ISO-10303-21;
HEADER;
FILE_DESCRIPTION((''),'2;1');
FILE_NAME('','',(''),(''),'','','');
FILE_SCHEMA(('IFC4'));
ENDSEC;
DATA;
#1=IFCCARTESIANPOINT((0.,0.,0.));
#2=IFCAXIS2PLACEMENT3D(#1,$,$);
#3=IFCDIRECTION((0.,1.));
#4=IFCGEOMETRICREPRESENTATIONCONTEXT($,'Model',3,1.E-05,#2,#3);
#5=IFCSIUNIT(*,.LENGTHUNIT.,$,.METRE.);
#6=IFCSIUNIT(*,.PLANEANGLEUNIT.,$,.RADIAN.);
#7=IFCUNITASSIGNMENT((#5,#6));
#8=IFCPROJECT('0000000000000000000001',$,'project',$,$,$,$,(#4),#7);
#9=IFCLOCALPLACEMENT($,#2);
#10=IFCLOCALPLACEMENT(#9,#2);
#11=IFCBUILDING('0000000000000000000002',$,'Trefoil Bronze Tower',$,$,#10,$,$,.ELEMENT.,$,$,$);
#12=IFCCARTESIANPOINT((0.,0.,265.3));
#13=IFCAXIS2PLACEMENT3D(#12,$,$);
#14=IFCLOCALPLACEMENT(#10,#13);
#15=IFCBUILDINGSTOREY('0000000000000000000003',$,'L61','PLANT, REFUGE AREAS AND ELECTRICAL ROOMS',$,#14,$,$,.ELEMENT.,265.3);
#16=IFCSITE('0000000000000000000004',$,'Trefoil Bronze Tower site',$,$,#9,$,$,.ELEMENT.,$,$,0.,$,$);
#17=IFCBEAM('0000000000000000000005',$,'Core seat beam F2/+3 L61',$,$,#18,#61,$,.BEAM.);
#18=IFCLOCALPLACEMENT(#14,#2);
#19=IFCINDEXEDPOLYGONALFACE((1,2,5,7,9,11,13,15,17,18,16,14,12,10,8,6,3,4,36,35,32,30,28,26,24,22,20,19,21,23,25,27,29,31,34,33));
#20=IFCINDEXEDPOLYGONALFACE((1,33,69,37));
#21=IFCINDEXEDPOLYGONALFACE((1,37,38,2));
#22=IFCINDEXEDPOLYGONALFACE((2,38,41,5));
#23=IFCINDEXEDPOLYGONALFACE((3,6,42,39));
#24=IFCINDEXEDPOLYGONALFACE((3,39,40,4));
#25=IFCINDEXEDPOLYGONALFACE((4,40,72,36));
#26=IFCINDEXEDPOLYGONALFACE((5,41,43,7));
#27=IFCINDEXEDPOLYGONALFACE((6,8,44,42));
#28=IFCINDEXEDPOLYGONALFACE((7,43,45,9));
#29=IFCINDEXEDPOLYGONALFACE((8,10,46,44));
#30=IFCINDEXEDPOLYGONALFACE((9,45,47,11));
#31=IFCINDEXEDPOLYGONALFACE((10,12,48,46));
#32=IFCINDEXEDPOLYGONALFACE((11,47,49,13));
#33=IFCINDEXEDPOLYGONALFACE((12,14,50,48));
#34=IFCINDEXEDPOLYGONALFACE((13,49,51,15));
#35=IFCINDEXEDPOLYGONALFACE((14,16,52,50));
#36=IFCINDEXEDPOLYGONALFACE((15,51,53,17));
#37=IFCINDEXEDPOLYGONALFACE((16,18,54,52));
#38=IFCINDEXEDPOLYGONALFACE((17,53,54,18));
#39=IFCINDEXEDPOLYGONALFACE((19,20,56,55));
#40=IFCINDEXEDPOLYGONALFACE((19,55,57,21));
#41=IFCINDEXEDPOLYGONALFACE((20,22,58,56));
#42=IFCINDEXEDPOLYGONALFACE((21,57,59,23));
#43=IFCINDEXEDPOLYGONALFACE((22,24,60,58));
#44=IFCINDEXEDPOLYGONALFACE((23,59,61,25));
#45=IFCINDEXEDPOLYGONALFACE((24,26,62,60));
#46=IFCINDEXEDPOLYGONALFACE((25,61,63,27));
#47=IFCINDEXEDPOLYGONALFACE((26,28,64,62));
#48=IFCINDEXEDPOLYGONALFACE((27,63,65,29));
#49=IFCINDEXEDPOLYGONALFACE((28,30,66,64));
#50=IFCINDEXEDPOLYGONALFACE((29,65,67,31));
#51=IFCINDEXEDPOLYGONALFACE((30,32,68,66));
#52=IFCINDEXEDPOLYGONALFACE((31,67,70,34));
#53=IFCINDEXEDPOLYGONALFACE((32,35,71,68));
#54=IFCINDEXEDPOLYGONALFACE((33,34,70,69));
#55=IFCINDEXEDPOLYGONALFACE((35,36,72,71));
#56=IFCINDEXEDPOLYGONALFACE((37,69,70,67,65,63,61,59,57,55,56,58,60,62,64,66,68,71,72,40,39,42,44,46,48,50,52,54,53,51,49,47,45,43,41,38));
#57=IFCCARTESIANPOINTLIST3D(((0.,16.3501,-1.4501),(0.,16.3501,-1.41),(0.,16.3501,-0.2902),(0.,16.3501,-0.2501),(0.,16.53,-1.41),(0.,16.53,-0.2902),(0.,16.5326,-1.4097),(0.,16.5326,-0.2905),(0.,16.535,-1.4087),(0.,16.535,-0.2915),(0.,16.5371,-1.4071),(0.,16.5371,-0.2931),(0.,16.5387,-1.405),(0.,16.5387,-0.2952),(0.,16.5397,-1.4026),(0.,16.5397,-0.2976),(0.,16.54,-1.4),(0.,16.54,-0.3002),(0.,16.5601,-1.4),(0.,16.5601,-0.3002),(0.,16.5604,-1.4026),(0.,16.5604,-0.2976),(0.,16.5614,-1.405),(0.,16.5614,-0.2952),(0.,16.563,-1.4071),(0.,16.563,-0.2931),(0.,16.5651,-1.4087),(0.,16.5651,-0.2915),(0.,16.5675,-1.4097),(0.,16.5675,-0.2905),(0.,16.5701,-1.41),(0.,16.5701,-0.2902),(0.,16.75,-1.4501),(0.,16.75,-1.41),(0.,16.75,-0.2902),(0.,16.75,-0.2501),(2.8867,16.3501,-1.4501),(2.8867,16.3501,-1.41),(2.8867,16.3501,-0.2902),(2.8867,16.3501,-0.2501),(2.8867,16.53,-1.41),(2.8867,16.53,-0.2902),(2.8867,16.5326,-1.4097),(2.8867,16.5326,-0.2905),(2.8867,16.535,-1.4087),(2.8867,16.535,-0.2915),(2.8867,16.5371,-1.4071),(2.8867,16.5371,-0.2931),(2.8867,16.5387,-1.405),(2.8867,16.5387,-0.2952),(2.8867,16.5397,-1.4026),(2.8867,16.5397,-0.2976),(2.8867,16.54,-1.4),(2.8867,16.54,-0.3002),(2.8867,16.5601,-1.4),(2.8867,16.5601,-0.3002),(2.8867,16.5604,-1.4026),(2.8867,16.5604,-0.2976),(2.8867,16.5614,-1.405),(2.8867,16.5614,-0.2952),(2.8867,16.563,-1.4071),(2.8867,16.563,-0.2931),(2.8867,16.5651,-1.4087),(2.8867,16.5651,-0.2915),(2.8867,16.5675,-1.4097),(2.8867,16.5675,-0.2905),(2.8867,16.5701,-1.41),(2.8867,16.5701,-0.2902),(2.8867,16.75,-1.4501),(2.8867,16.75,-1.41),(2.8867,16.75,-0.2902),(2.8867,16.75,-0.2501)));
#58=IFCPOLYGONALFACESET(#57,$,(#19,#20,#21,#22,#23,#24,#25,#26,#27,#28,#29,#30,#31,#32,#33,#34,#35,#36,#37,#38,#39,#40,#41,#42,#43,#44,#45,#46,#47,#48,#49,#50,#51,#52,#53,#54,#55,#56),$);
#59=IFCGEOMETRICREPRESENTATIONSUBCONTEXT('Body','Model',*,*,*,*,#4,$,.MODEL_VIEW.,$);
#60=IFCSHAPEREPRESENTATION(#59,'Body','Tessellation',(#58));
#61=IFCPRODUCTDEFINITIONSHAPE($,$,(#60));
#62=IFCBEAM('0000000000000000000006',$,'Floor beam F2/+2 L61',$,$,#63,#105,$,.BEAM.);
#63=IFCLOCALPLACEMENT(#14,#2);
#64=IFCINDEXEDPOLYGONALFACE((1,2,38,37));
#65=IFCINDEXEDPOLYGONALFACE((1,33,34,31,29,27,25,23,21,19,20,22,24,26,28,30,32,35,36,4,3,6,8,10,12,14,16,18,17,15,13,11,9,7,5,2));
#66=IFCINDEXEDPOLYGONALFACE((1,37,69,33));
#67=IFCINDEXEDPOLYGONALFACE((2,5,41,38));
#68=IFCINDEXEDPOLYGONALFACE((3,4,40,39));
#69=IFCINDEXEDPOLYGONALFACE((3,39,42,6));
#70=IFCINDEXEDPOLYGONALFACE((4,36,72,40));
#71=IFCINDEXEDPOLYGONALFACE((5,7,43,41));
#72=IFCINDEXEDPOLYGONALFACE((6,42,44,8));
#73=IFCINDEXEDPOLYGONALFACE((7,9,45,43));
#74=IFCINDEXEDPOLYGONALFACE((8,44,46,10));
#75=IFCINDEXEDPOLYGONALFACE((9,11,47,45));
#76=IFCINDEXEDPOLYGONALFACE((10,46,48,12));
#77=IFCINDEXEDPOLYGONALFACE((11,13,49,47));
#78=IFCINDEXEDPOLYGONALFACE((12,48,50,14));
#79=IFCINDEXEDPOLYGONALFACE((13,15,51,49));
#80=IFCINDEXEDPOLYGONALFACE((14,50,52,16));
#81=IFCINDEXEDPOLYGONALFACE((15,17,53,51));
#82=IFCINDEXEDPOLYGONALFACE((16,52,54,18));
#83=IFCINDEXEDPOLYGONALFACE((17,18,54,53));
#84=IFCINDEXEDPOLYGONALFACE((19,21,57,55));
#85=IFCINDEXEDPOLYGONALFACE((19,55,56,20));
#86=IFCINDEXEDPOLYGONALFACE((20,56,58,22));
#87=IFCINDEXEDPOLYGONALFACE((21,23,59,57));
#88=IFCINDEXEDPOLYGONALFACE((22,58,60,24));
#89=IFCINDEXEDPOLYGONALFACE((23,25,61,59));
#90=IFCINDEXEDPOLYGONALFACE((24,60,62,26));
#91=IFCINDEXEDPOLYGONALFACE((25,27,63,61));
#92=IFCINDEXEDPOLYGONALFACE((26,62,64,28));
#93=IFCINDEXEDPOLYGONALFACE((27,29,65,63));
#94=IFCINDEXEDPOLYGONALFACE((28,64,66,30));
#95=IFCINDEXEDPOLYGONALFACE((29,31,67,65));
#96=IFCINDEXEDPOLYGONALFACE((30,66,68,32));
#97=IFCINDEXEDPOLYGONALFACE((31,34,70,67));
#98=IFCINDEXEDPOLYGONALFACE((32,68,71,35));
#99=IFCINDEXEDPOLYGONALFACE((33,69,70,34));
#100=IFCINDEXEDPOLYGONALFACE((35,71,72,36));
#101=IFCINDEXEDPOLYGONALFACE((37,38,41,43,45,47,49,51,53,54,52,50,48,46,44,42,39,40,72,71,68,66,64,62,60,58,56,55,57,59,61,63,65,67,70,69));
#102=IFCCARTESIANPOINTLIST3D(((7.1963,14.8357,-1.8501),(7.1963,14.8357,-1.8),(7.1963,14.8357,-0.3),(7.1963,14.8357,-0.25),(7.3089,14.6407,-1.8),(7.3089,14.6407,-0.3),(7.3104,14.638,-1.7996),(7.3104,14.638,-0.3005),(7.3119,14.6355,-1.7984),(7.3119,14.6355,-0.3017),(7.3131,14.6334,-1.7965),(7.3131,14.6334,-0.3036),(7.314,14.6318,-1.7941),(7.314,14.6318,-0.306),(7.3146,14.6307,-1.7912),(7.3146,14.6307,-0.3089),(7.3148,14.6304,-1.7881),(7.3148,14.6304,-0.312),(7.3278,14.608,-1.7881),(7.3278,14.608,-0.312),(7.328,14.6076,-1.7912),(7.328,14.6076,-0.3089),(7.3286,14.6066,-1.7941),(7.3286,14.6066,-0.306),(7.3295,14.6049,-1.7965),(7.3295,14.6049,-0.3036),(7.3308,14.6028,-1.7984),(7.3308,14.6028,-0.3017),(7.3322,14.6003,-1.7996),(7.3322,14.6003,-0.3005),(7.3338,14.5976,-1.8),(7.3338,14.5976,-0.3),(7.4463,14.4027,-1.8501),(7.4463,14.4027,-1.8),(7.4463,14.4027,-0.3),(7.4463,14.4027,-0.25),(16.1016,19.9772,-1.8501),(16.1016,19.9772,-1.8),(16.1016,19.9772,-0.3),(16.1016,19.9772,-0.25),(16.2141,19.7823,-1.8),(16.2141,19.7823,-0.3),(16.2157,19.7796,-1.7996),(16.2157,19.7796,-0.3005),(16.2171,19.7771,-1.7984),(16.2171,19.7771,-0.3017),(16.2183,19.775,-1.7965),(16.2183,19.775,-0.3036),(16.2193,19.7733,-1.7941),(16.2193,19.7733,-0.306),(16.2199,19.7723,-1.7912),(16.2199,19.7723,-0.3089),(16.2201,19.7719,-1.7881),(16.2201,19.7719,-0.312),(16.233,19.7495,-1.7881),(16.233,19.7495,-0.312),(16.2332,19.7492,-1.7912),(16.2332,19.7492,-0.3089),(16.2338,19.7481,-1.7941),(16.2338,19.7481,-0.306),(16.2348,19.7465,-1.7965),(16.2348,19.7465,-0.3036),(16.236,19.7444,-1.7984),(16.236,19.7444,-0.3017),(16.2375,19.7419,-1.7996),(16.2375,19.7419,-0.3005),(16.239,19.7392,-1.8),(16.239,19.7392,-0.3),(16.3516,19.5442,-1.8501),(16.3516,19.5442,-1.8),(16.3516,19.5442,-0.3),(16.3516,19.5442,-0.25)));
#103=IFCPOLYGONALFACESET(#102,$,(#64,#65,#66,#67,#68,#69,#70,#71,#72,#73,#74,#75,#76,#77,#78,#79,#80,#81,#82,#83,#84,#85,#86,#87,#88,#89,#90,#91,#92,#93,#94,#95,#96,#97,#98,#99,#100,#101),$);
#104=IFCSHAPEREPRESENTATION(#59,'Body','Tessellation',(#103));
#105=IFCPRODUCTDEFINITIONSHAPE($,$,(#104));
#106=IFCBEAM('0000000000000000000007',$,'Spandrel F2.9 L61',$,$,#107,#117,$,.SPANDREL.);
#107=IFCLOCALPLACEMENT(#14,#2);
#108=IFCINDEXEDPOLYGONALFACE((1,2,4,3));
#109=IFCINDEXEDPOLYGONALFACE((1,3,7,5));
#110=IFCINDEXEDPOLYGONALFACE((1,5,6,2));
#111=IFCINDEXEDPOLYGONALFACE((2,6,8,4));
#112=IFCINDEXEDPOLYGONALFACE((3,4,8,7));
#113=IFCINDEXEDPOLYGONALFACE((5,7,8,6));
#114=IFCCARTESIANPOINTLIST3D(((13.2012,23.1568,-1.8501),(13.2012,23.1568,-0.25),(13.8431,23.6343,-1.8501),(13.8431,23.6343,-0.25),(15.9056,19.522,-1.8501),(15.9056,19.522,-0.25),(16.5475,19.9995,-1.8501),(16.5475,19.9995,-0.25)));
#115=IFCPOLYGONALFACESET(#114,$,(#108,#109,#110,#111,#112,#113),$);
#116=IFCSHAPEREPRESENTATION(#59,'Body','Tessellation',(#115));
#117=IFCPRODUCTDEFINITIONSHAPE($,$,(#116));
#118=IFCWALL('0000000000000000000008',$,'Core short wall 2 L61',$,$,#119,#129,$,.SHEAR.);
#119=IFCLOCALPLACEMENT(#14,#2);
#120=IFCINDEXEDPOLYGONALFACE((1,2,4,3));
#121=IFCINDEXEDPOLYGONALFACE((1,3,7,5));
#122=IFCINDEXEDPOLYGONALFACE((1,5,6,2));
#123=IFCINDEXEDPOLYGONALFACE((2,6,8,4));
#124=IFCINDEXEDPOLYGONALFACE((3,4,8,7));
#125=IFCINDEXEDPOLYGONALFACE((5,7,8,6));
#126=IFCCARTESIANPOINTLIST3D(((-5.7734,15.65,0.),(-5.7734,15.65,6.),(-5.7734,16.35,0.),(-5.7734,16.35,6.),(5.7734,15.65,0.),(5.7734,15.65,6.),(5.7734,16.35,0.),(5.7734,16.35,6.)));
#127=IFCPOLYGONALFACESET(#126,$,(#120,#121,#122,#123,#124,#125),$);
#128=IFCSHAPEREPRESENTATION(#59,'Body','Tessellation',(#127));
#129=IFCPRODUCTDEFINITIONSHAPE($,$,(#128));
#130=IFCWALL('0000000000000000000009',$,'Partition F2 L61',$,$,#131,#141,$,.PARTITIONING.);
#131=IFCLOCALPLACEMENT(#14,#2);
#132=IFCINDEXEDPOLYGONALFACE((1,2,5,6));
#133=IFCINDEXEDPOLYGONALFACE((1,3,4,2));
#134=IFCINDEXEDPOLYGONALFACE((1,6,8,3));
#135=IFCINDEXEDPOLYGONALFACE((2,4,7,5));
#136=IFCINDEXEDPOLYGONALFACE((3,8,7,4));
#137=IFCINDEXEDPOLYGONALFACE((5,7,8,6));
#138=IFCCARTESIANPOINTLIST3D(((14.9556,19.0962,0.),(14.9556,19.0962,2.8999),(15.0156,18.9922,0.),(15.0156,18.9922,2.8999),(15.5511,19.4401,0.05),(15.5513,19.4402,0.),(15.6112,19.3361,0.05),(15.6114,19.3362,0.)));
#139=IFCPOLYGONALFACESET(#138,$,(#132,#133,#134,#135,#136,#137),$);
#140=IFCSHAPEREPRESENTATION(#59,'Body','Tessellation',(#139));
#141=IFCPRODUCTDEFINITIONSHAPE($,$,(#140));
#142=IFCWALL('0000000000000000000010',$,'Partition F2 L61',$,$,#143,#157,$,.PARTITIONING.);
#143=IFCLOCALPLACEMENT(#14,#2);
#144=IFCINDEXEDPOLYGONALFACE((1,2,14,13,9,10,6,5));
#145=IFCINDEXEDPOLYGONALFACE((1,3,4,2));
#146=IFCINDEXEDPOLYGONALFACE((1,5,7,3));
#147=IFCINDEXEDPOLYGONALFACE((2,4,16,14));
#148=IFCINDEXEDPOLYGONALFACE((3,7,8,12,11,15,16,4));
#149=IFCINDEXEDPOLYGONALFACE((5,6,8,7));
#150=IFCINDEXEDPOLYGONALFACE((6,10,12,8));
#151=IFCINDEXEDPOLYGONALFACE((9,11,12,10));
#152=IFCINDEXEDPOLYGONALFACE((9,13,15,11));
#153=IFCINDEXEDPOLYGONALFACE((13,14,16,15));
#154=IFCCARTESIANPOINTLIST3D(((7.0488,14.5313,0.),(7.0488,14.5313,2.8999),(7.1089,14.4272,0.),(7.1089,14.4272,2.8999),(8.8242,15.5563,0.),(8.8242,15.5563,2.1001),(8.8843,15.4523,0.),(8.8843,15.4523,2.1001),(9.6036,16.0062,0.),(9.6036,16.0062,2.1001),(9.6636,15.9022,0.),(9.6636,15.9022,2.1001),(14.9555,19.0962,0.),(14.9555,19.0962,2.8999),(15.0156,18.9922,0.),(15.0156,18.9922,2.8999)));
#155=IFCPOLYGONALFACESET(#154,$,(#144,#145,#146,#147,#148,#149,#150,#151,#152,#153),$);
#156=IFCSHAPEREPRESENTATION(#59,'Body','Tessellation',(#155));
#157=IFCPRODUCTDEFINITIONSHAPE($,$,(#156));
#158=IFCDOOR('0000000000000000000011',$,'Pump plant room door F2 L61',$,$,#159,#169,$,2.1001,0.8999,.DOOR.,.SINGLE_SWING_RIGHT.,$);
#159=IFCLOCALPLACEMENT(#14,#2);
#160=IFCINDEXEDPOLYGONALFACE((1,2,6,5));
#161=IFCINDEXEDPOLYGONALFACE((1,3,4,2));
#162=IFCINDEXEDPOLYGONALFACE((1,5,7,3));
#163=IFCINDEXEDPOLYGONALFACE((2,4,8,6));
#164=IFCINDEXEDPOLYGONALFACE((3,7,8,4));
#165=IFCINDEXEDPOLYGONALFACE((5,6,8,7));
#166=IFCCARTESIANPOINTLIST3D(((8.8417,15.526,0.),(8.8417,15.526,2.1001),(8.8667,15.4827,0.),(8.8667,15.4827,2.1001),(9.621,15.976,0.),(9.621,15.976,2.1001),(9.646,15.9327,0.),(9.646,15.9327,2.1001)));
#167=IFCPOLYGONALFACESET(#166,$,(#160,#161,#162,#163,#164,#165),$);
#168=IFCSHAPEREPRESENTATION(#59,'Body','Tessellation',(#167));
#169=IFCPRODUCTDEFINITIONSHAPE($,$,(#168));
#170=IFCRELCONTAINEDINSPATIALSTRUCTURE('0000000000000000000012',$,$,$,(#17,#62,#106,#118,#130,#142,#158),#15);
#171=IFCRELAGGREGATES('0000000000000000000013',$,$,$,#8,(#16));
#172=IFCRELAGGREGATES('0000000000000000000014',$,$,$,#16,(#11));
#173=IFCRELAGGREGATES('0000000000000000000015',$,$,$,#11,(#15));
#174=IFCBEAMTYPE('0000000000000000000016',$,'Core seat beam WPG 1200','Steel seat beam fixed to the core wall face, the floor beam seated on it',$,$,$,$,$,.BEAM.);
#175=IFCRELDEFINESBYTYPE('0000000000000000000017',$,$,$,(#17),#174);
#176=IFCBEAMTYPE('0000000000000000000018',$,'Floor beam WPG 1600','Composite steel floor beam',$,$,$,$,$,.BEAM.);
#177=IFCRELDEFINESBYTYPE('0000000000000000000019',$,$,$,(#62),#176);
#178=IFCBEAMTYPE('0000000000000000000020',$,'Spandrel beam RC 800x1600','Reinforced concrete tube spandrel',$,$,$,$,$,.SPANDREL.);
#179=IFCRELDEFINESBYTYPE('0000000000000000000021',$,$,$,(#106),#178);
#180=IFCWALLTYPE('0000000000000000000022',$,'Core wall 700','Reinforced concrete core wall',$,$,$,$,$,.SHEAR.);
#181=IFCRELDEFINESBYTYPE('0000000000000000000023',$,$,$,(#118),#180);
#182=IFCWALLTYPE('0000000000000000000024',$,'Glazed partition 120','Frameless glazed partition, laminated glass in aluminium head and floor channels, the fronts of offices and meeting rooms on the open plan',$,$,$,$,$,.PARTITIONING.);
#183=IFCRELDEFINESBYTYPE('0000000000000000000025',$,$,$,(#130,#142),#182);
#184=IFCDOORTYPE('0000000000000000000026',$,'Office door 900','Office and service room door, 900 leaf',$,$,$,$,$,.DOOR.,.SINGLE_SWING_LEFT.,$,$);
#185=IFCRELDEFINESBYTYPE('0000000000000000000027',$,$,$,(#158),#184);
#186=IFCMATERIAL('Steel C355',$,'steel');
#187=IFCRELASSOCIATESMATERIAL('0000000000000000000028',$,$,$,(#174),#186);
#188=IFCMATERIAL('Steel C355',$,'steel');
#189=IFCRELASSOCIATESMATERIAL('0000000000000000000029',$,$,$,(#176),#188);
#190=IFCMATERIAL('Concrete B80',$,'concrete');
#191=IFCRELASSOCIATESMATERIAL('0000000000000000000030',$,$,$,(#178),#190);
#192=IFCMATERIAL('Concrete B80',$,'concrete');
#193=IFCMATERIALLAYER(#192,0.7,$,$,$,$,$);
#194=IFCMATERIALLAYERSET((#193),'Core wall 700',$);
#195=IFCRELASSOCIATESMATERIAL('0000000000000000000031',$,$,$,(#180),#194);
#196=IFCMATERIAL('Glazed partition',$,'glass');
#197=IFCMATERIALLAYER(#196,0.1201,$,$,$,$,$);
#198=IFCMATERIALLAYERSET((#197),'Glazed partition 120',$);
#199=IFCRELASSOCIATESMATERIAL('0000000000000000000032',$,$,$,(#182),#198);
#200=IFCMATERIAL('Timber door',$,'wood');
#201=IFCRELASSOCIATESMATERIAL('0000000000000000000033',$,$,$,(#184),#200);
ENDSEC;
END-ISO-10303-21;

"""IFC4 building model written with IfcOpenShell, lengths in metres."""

from ifc_helpers import new_model, si_unit, direction, frame, frame_2d, origin, origin_2d, place, context, subcontext, project, spatial, polyline, rectangle, i_section, outline, extrude, material, layer, layer_set, material_profile, profile_set, type_object, element, fill, save


model = new_model("IFC4")

# Units and contexts
model_context = context("Model", 3, precision=1e-05, world=origin(), true_north=direction((0.0, 1.0)))
body_context = subcontext(model_context, "Body", "Model", "MODEL_VIEW")
ifc_project = project(units=[si_unit("LENGTHUNIT", "METRE"), si_unit("PLANEANGLEUNIT", "RADIAN")], contexts=[model_context])

# Site, building, storey
site_placement = place(None, origin())
site = spatial("IfcSite", under=ifc_project, at=site_placement, Name="Trefoil Bronze Tower site", CompositionType="ELEMENT", RefElevation=0.0)
building_placement = place(site_placement, origin())
building = spatial("IfcBuilding", under=site, at=building_placement, Name="Trefoil Bronze Tower", CompositionType="ELEMENT")
storey_placement = place(building_placement, frame((0.0, 0.0, 265.3)))
storey = spatial("IfcBuildingStorey", under=building, at=storey_placement, Name="L61", Description="PLANT, REFUGE AREAS AND ELECTRICAL ROOMS", CompositionType="ELEMENT", Elevation=265.3)

# Beams
ifc_material_1 = material(Name="Steel C355", Category="steel")
ifc_material_profile_1 = material_profile(ifc_material_1, i_section(OverallWidth=0.3999, OverallDepth=1.2, WebThickness=0.02, FlangeThickness=0.04, FilletRadius=0.01, at=origin_2d()), Name="WPG 1200")
ifc_profile_set_1 = profile_set([ifc_material_profile_1], Name="Steel C355")
beam_type_1 = type_object("IfcBeamType", Name="Core seat beam WPG 1200", Description="Steel seat beam fixed to the core wall face, the floor beam seated on it", PredefinedType="BEAM", material=ifc_profile_set_1)
beam_1_placement = place(storey_placement, frame((2.8867, 16.55, -0.8501), z_axis=(-1.0, 0.0, 0.0), x_axis=(0.0, -1.0, 0.0)))
element("IfcBeam", 1, at=beam_1_placement, inside=storey, type_object=beam_type_1, Name="Core seat beam F2/+3 L61", PredefinedType="BEAM", context=body_context, shape_type="SweptSolid", body=[
    extrude(i_section(OverallWidth=0.3999, OverallDepth=1.2, WebThickness=0.02, FlangeThickness=0.04, FilletRadius=0.01, at=origin_2d()), origin(), (0.0, 0.0, 1.0), 2.8867),
])
ifc_material_2 = material(Name="Steel C355", Category="steel")
ifc_material_profile_2 = material_profile(ifc_material_2, i_section(OverallWidth=0.5, OverallDepth=1.6001, WebThickness=0.0259, FlangeThickness=0.05, FilletRadius=0.012, at=origin_2d()), Name="WPG 1600")
ifc_profile_set_2 = profile_set([ifc_material_profile_2], Name="Steel C355")
beam_type_2 = type_object("IfcBeamType", Name="Floor beam WPG 1600", Description="Composite steel floor beam", PredefinedType="BEAM", material=ifc_profile_set_2)
beam_2_placement = place(storey_placement, frame((16.2266, 19.7607, -1.05), z_axis=(-0.86602, -0.50001, 0.0), x_axis=(0.50001, -0.86602, 0.0)))
element("IfcBeam", 2, at=beam_2_placement, inside=storey, type_object=beam_type_2, Name="Floor beam F2/+2 L61", PredefinedType="BEAM", context=body_context, shape_type="SweptSolid", body=[
    extrude(i_section(OverallWidth=0.5, OverallDepth=1.6001, WebThickness=0.0259, FlangeThickness=0.05, FilletRadius=0.012, at=origin_2d()), origin(), (0.0, 0.0, 1.0), 10.283),
])
ifc_material_3 = material(Name="Concrete B80", Category="concrete")
ifc_material_profile_3 = material_profile(ifc_material_3, rectangle(XDim=0.8, YDim=1.6001, at=origin_2d()), Name="RC 800x1600")
ifc_profile_set_3 = profile_set([ifc_material_profile_3], Name="Concrete B80")
beam_type_3 = type_object("IfcBeamType", Name="Spandrel beam RC 800x1600", Description="Reinforced concrete tube spandrel", PredefinedType="SPANDREL", material=ifc_profile_set_3)
beam_3_placement = place(storey_placement, frame((16.2266, 19.7607, -1.05), z_axis=(-0.596926, 0.802296, 0.0), x_axis=(-0.802296, -0.596926, 0.0)))
element("IfcBeam", 3, at=beam_3_placement, inside=storey, type_object=beam_type_3, Name="Spandrel F2.9 L61", PredefinedType="SPANDREL", context=body_context, shape_type="SweptSolid", body=[
    extrude(rectangle(XDim=0.8, YDim=1.6001, at=origin_2d()), origin(), (0.0, 0.0, 1.0), 4.5305),
])

# Walls
ifc_material_4 = material(Name="Concrete B80", Category="concrete")
ifc_layer_1 = layer(ifc_material_4, 0.7)
ifc_layer_set_1 = layer_set([ifc_layer_1], Name="Core wall 700")
wall_type_1 = type_object("IfcWallType", Name="Core wall 700", Description="Reinforced concrete core wall", PredefinedType="SHEAR", material=ifc_layer_set_1)
wall_1_placement = place(storey_placement, frame((5.7734, 16.0, 0.0), z_axis=(0.0, 0.0, 1.0), x_axis=(-1.0, 0.0, 0.0)))
element("IfcWall", 4, at=wall_1_placement, inside=storey, type_object=wall_type_1, Name="Core short wall 2 L61", PredefinedType="SHEAR", context=body_context, shape_type="SweptSolid", body=[
    extrude(rectangle(XDim=11.5469, YDim=0.7, at=frame_2d((5.7734, 0.0))), origin(), (0.0, 0.0, 1.0), 6.0),
])
ifc_material_5 = material(Name="Glazed partition", Category="glass")
ifc_layer_2 = layer(ifc_material_5, 0.1201)
ifc_layer_set_2 = layer_set([ifc_layer_2], Name="Glazed partition 120")
wall_type_2 = type_object("IfcWallType", Name="Glazed partition 120", Description="Frameless glazed partition, laminated glass in aluminium head and floor channels, the fronts of offices and meeting rooms on the open plan", PredefinedType="PARTITIONING", material=ifc_layer_set_2)
wall_2_placement = place(storey_placement, frame((14.9856, 19.0442, 0.0), z_axis=(0.0, 0.0, 1.0), x_axis=(0.865985, 0.500071, 0.0)))
element("IfcWall", 5, at=wall_2_placement, inside=storey, type_object=wall_type_2, Name="Partition F2 L61", PredefinedType="PARTITIONING", context=body_context, shape_type="SweptSolid", body=[
    extrude(outline(polyline([(0.0, 0.0), (0.688, 0.0), (0.6877, 0.05), (0.0, 2.8999), (0.0, 0.0)])), frame((0.0, 0.0601, 0.0), z_axis=(0.0, -1.0, 0.0), x_axis=(1.0, 0.0, 0.0)), (0.0, 0.0, 1.0), 0.1201),
])

# Wall, opening, door
wall_3_placement = place(storey_placement, frame((7.0789, 14.4792, 0.0), z_axis=(0.0, 0.0, 1.0), x_axis=(0.866026, 0.499999, 0.0)))
wall_3 = element("IfcWall", 6, at=wall_3_placement, inside=storey, type_object=wall_type_2, Name="Partition F2 L61", PredefinedType="PARTITIONING", context=body_context, shape_type="SweptSolid", body=[
    extrude(rectangle(XDim=9.1299, YDim=0.1201, at=frame_2d((4.5649, 0.0))), origin(), (0.0, 0.0, 1.0), 2.8999),
])
opening_placement = place(wall_3_placement, frame((2.05, 0.0, 0.0)))
opening = element("IfcOpeningElement", 7, at=opening_placement, cuts=wall_3, PredefinedType="OPENING", context=body_context, shape_type="SweptSolid", body=[
    extrude(rectangle(XDim=0.8999, YDim=2.1001, at=frame_2d((0.45, 1.05))), frame((0.0, 0.0701, 0.0), z_axis=(0.0, -1.0, 0.0), x_axis=(1.0, 0.0, 0.0)), (0.0, 0.0, 1.0), 0.1401),
])
ifc_material_6 = material(Name="Timber door", Category="wood")
door_type = type_object("IfcDoorType", Name="Office door 900", Description="Office and service room door, 900 leaf", OperationType="SINGLE_SWING_LEFT", PredefinedType="DOOR", material=ifc_material_6)
door_placement = place(opening_placement, frame((0.8999, 0.0, 0.0), z_axis=(0.0, 0.0, 1.0), x_axis=(-1.0, 0.0, 0.0)))
door = element("IfcDoor", 8, at=door_placement, inside=storey, type_object=door_type, Name="Pump plant room door F2 L61", OperationType="SINGLE_SWING_RIGHT", OverallHeight=2.1001, OverallWidth=0.8999, PredefinedType="DOOR", context=body_context, shape_type="SweptSolid", body=[
    extrude(rectangle(XDim=0.8999, YDim=2.1001, at=frame_2d((0.45, 1.05))), frame((0.0, 0.0249, 0.0), z_axis=(0.0, -1.0, 0.0), x_axis=(1.0, 0.0, 0.0)), (0.0, 0.0, 1.0), 0.05),
])
fill(opening, door)

save(model, "model.ifc")
